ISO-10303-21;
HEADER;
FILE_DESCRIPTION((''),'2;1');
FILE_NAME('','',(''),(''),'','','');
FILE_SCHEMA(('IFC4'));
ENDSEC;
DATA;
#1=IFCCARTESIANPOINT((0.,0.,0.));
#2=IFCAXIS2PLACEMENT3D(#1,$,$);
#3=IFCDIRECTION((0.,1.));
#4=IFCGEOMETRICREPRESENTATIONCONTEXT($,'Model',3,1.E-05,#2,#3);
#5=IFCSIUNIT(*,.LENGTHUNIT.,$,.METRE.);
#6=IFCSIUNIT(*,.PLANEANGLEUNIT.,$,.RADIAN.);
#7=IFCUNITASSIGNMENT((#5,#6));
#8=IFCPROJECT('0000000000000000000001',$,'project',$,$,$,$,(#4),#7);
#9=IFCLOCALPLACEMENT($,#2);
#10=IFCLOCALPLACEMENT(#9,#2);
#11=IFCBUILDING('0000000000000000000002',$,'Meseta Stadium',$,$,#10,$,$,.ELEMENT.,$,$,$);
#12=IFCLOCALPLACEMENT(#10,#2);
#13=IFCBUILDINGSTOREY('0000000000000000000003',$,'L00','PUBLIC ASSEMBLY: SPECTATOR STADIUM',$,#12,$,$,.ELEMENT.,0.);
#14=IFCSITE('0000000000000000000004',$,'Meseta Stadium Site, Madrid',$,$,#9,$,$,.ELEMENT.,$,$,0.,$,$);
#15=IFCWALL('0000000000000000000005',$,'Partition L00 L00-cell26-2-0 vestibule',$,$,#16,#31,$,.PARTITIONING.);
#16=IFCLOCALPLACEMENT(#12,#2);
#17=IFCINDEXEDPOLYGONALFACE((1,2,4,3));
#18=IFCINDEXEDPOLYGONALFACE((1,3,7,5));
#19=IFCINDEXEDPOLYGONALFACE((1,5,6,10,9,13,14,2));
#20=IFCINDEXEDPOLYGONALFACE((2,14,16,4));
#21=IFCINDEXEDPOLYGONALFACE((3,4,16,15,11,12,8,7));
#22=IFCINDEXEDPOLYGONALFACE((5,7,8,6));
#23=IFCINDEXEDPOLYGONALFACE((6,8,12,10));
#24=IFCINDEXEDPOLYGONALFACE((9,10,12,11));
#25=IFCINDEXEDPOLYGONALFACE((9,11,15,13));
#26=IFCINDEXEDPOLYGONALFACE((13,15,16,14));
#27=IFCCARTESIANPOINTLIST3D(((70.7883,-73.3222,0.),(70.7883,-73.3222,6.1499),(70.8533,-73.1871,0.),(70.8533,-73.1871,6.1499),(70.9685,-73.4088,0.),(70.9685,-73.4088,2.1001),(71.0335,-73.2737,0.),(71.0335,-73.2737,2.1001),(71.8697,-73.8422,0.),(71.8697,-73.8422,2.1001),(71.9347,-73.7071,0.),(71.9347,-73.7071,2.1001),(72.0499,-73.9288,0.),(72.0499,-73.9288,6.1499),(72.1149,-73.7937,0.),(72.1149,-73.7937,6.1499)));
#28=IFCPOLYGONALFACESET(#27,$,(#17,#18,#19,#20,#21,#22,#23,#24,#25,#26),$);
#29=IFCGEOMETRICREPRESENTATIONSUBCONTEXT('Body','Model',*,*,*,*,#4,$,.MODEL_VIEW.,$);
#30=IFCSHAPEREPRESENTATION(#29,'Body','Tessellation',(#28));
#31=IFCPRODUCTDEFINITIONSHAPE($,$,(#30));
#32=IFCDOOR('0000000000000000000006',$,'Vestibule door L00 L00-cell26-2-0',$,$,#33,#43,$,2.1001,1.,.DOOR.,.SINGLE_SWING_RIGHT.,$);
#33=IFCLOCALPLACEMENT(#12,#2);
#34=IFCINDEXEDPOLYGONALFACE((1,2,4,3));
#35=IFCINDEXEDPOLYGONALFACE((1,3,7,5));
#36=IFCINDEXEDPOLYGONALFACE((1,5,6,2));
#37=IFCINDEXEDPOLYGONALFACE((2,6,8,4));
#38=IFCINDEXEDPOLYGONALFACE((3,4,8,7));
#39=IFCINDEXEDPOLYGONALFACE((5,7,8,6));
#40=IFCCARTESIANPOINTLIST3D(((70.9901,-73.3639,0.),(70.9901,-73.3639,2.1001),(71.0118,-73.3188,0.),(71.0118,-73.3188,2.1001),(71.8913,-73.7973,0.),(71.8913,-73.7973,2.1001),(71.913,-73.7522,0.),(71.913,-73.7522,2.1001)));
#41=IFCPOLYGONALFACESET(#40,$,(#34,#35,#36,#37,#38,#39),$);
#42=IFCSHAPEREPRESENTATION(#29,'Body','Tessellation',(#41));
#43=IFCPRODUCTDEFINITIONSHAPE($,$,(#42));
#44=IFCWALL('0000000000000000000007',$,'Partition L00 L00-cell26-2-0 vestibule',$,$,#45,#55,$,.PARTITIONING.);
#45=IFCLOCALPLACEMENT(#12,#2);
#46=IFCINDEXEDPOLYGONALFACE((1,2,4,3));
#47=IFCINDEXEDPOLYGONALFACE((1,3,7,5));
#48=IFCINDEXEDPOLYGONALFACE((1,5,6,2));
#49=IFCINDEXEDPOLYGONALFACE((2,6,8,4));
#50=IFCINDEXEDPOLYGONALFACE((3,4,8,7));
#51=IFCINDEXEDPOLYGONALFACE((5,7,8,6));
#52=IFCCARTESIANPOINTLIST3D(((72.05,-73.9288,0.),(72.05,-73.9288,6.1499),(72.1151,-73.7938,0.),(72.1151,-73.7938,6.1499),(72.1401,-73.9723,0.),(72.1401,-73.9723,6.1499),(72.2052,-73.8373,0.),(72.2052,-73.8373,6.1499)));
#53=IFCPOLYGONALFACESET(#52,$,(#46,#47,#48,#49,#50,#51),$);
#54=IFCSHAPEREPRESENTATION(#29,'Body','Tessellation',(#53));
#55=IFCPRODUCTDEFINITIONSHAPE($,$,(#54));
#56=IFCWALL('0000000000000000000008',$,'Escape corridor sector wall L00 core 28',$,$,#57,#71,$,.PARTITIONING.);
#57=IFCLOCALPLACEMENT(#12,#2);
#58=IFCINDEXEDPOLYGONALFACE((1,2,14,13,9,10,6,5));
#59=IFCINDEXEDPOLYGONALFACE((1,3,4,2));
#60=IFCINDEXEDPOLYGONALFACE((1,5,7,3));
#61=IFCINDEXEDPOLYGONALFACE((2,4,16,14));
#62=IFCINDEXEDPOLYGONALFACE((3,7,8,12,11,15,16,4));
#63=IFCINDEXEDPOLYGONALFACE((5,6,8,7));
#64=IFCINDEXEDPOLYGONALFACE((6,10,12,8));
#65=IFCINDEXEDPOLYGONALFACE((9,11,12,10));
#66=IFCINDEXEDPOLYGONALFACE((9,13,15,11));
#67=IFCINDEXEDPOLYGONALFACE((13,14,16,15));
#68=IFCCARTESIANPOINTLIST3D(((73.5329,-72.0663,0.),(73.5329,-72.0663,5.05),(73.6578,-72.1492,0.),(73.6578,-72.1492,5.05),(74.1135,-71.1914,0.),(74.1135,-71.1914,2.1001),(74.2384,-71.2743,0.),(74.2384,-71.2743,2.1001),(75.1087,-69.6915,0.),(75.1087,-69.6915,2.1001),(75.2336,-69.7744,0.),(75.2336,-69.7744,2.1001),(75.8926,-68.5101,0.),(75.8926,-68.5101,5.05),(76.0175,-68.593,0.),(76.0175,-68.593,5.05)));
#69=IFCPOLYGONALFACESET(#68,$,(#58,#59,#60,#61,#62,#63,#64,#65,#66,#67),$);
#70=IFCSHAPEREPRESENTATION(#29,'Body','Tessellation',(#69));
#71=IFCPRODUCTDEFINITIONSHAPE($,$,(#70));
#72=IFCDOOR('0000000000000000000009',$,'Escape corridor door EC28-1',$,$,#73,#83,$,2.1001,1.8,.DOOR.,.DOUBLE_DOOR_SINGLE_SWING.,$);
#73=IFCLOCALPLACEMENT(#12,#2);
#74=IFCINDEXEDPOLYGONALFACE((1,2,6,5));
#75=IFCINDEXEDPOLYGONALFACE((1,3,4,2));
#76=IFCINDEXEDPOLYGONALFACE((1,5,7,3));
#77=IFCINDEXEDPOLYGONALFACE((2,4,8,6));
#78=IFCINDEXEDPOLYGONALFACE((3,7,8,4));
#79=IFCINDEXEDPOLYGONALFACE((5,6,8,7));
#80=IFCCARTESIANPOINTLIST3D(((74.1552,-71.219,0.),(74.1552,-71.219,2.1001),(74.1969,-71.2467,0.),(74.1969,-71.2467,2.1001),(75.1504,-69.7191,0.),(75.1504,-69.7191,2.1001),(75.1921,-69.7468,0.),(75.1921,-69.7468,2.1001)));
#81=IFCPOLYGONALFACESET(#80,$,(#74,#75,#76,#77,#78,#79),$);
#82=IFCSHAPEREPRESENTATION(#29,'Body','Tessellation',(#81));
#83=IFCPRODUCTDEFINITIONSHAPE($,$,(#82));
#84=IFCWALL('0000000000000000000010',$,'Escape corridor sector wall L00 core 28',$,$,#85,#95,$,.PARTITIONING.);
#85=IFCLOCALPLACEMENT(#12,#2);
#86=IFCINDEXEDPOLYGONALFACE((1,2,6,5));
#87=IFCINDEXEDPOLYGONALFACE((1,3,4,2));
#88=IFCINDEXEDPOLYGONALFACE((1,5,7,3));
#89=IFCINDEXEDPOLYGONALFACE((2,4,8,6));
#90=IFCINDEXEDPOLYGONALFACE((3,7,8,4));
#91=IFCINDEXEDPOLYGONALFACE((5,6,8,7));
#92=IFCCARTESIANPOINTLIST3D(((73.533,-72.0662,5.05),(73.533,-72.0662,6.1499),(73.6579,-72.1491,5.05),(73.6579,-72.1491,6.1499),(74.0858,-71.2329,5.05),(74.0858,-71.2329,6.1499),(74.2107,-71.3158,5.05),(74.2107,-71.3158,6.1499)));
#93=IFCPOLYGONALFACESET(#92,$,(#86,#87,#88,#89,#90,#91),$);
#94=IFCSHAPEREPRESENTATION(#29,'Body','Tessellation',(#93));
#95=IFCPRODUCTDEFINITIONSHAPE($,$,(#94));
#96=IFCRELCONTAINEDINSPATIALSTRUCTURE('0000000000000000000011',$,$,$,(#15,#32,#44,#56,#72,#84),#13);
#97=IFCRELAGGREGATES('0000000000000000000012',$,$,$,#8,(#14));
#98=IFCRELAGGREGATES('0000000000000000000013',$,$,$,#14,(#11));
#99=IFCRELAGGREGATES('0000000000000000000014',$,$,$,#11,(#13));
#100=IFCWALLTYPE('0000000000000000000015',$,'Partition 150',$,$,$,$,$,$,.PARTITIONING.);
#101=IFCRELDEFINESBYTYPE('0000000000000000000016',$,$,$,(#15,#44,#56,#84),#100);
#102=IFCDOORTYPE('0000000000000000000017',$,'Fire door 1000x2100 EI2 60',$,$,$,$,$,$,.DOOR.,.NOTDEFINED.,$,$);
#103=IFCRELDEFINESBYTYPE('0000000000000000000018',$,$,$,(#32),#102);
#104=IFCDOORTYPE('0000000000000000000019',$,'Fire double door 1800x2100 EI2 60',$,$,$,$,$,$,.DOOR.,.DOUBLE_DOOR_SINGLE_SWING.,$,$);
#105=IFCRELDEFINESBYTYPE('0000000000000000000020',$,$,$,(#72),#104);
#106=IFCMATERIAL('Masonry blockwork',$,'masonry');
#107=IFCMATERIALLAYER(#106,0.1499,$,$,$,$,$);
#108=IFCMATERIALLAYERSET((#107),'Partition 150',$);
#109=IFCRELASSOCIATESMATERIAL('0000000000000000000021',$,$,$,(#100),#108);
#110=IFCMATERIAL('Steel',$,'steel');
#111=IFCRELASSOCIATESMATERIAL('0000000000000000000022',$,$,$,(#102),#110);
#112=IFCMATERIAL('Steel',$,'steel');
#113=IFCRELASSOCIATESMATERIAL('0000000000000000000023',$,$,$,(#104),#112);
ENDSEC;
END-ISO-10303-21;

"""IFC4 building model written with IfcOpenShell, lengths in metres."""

from ifc_helpers import new_model, si_unit, direction, frame, frame_2d, origin, place, context, subcontext, project, spatial, rectangle, extrude, material, layer, layer_set, type_object, element, fill, save


model = new_model("IFC4")

# Units and contexts
model_context = context("Model", 3, precision=1e-05, world=origin(), true_north=direction((0.0, 1.0)))
body_context = subcontext(model_context, "Body", "Model", "MODEL_VIEW")
ifc_project = project(units=[si_unit("LENGTHUNIT", "METRE"), si_unit("PLANEANGLEUNIT", "RADIAN")], contexts=[model_context])

# Site, building, storey
site_placement = place(None, origin())
site = spatial("IfcSite", under=ifc_project, at=site_placement, Name="Meseta Stadium Site, Madrid", CompositionType="ELEMENT", RefElevation=0.0)
building_placement = place(site_placement, origin())
building = spatial("IfcBuilding", under=site, at=building_placement, Name="Meseta Stadium", CompositionType="ELEMENT")
storey_placement = place(building_placement, origin())
storey = spatial("IfcBuildingStorey", under=building, at=storey_placement, Name="L00", Description="PUBLIC ASSEMBLY: SPECTATOR STADIUM", CompositionType="ELEMENT", Elevation=0.0)

# Shared definitions
ifc_material_1 = material(Name="Masonry blockwork", Category="masonry")
ifc_layer = layer(ifc_material_1, 0.1499)
ifc_layer_set = layer_set([ifc_layer], Name="Partition 150")
wall_type = type_object("IfcWallType", Name="Partition 150", PredefinedType="PARTITIONING", material=ifc_layer_set)

# Wall, opening, door
wall_1_placement = place(storey_placement, frame((70.8208, -73.2546, 0.0), z_axis=(0.0, 0.0, 1.0), x_axis=(0.901226, -0.433349, 0.0)))
wall_1 = element("IfcWall", 1, at=wall_1_placement, inside=storey, type_object=wall_type, Name="Partition L00 L00-cell26-2-0 vestibule", PredefinedType="PARTITIONING", context=body_context, shape_type="SweptSolid", body=[
    extrude(rectangle(XDim=1.3999, YDim=0.1499, at=frame_2d((0.7, 0.0))), origin(), (0.0, 0.0, 1.0), 6.1499),
])
opening_1_placement = place(wall_1_placement, frame((0.2, 0.0, 0.0)))
opening_1 = element("IfcOpeningElement", 2, at=opening_1_placement, cuts=wall_1, PredefinedType="OPENING", context=body_context, shape_type="SweptSolid", body=[
    extrude(rectangle(XDim=1.0, YDim=2.1001, at=frame_2d((0.5, 1.05))), frame((0.0, 0.085, 0.0), z_axis=(0.0, -1.0, 0.0), x_axis=(1.0, 0.0, 0.0)), (0.0, 0.0, 1.0), 0.1699),
])
ifc_material_2 = material(Name="Steel", Category="steel")
door_type_1 = type_object("IfcDoorType", Name="Fire door 1000x2100 EI2 60", OperationType="NOTDEFINED", PredefinedType="DOOR", material=ifc_material_2)
door_1_placement = place(opening_1_placement, origin())
door_1 = element("IfcDoor", 3, at=door_1_placement, inside=storey, type_object=door_type_1, Name="Vestibule door L00 L00-cell26-2-0", OperationType="SINGLE_SWING_RIGHT", OverallHeight=2.1001, OverallWidth=1.0, PredefinedType="DOOR", context=body_context, shape_type="SweptSolid", body=[
    extrude(rectangle(XDim=1.0, YDim=2.1001, at=frame_2d((0.5, 1.05))), frame((0.0, 0.0249, 0.0), z_axis=(0.0, -1.0, 0.0), x_axis=(1.0, 0.0, 0.0)), (0.0, 0.0, 1.0), 0.05),
])
fill(opening_1, door_1)

# Wall
wall_2_placement = place(storey_placement, frame((72.0825, -73.8613, 0.0), z_axis=(0.0, 0.0, 1.0), x_axis=(0.900683, -0.434476, 0.0)))
element("IfcWall", 4, at=wall_2_placement, inside=storey, type_object=wall_type, Name="Partition L00 L00-cell26-2-0 vestibule", PredefinedType="PARTITIONING", context=body_context, shape_type="SweptSolid", body=[
    extrude(rectangle(XDim=0.1001, YDim=0.1499, at=frame_2d((0.05, 0.0))), origin(), (0.0, 0.0, 1.0), 6.1499),
])

# Wall, opening, door
wall_3_placement = place(storey_placement, frame((73.5955, -72.1077, 0.0), z_axis=(0.0, 0.0, 1.0), x_axis=(0.55289, 0.833254, 0.0)))
wall_3 = element("IfcWall", 5, at=wall_3_placement, inside=storey, type_object=wall_type, Name="Escape corridor sector wall L00 core 28", PredefinedType="PARTITIONING", context=body_context, shape_type="SweptSolid", body=[
    extrude(rectangle(XDim=4.2678, YDim=0.1499, at=frame_2d((2.1338, 0.0))), origin(), (0.0, 0.0, 1.0), 5.05),
])
opening_2_placement = place(wall_3_placement, frame((1.05, 0.0, 0.0)))
opening_2 = element("IfcOpeningElement", 6, at=opening_2_placement, cuts=wall_3, PredefinedType="OPENING", context=body_context, shape_type="SweptSolid", body=[
    extrude(rectangle(XDim=1.8, YDim=2.1001, at=frame_2d((0.8999, 1.05))), frame((0.0, 0.085, 0.0), z_axis=(0.0, -1.0, 0.0), x_axis=(1.0, 0.0, 0.0)), (0.0, 0.0, 1.0), 0.1699),
])
ifc_material_3 = material(Name="Steel", Category="steel")
door_type_2 = type_object("IfcDoorType", Name="Fire double door 1800x2100 EI2 60", OperationType="DOUBLE_DOOR_SINGLE_SWING", PredefinedType="DOOR", material=ifc_material_3)
door_2_placement = place(opening_2_placement, origin())
door_2 = element("IfcDoor", 7, at=door_2_placement, inside=storey, type_object=door_type_2, Name="Escape corridor door EC28-1", OperationType="DOUBLE_DOOR_SINGLE_SWING", OverallHeight=2.1001, OverallWidth=1.8, PredefinedType="DOOR", context=body_context, shape_type="SweptSolid", body=[
    extrude(rectangle(XDim=1.8, YDim=2.1001, at=frame_2d((0.8999, 1.05))), frame((0.0, 0.0249, 0.0), z_axis=(0.0, -1.0, 0.0), x_axis=(1.0, 0.0, 0.0)), (0.0, 0.0, 1.0), 0.05),
])
fill(opening_2, door_2)

# Wall
wall_4_placement = place(storey_placement, frame((73.5955, -72.1077, 5.05), z_axis=(0.0, 0.0, 1.0), x_axis=(0.552783, 0.833325, 0.0)))
element("IfcWall", 8, at=wall_4_placement, inside=storey, type_object=wall_type, Name="Escape corridor sector wall L00 core 28", PredefinedType="PARTITIONING", context=body_context, shape_type="SweptSolid", body=[
    extrude(rectangle(XDim=1.0, YDim=0.1499, at=frame_2d((0.5, 0.0))), origin(), (0.0, 0.0, 1.0), 1.0999),
])

save(model, "model.ifc")
